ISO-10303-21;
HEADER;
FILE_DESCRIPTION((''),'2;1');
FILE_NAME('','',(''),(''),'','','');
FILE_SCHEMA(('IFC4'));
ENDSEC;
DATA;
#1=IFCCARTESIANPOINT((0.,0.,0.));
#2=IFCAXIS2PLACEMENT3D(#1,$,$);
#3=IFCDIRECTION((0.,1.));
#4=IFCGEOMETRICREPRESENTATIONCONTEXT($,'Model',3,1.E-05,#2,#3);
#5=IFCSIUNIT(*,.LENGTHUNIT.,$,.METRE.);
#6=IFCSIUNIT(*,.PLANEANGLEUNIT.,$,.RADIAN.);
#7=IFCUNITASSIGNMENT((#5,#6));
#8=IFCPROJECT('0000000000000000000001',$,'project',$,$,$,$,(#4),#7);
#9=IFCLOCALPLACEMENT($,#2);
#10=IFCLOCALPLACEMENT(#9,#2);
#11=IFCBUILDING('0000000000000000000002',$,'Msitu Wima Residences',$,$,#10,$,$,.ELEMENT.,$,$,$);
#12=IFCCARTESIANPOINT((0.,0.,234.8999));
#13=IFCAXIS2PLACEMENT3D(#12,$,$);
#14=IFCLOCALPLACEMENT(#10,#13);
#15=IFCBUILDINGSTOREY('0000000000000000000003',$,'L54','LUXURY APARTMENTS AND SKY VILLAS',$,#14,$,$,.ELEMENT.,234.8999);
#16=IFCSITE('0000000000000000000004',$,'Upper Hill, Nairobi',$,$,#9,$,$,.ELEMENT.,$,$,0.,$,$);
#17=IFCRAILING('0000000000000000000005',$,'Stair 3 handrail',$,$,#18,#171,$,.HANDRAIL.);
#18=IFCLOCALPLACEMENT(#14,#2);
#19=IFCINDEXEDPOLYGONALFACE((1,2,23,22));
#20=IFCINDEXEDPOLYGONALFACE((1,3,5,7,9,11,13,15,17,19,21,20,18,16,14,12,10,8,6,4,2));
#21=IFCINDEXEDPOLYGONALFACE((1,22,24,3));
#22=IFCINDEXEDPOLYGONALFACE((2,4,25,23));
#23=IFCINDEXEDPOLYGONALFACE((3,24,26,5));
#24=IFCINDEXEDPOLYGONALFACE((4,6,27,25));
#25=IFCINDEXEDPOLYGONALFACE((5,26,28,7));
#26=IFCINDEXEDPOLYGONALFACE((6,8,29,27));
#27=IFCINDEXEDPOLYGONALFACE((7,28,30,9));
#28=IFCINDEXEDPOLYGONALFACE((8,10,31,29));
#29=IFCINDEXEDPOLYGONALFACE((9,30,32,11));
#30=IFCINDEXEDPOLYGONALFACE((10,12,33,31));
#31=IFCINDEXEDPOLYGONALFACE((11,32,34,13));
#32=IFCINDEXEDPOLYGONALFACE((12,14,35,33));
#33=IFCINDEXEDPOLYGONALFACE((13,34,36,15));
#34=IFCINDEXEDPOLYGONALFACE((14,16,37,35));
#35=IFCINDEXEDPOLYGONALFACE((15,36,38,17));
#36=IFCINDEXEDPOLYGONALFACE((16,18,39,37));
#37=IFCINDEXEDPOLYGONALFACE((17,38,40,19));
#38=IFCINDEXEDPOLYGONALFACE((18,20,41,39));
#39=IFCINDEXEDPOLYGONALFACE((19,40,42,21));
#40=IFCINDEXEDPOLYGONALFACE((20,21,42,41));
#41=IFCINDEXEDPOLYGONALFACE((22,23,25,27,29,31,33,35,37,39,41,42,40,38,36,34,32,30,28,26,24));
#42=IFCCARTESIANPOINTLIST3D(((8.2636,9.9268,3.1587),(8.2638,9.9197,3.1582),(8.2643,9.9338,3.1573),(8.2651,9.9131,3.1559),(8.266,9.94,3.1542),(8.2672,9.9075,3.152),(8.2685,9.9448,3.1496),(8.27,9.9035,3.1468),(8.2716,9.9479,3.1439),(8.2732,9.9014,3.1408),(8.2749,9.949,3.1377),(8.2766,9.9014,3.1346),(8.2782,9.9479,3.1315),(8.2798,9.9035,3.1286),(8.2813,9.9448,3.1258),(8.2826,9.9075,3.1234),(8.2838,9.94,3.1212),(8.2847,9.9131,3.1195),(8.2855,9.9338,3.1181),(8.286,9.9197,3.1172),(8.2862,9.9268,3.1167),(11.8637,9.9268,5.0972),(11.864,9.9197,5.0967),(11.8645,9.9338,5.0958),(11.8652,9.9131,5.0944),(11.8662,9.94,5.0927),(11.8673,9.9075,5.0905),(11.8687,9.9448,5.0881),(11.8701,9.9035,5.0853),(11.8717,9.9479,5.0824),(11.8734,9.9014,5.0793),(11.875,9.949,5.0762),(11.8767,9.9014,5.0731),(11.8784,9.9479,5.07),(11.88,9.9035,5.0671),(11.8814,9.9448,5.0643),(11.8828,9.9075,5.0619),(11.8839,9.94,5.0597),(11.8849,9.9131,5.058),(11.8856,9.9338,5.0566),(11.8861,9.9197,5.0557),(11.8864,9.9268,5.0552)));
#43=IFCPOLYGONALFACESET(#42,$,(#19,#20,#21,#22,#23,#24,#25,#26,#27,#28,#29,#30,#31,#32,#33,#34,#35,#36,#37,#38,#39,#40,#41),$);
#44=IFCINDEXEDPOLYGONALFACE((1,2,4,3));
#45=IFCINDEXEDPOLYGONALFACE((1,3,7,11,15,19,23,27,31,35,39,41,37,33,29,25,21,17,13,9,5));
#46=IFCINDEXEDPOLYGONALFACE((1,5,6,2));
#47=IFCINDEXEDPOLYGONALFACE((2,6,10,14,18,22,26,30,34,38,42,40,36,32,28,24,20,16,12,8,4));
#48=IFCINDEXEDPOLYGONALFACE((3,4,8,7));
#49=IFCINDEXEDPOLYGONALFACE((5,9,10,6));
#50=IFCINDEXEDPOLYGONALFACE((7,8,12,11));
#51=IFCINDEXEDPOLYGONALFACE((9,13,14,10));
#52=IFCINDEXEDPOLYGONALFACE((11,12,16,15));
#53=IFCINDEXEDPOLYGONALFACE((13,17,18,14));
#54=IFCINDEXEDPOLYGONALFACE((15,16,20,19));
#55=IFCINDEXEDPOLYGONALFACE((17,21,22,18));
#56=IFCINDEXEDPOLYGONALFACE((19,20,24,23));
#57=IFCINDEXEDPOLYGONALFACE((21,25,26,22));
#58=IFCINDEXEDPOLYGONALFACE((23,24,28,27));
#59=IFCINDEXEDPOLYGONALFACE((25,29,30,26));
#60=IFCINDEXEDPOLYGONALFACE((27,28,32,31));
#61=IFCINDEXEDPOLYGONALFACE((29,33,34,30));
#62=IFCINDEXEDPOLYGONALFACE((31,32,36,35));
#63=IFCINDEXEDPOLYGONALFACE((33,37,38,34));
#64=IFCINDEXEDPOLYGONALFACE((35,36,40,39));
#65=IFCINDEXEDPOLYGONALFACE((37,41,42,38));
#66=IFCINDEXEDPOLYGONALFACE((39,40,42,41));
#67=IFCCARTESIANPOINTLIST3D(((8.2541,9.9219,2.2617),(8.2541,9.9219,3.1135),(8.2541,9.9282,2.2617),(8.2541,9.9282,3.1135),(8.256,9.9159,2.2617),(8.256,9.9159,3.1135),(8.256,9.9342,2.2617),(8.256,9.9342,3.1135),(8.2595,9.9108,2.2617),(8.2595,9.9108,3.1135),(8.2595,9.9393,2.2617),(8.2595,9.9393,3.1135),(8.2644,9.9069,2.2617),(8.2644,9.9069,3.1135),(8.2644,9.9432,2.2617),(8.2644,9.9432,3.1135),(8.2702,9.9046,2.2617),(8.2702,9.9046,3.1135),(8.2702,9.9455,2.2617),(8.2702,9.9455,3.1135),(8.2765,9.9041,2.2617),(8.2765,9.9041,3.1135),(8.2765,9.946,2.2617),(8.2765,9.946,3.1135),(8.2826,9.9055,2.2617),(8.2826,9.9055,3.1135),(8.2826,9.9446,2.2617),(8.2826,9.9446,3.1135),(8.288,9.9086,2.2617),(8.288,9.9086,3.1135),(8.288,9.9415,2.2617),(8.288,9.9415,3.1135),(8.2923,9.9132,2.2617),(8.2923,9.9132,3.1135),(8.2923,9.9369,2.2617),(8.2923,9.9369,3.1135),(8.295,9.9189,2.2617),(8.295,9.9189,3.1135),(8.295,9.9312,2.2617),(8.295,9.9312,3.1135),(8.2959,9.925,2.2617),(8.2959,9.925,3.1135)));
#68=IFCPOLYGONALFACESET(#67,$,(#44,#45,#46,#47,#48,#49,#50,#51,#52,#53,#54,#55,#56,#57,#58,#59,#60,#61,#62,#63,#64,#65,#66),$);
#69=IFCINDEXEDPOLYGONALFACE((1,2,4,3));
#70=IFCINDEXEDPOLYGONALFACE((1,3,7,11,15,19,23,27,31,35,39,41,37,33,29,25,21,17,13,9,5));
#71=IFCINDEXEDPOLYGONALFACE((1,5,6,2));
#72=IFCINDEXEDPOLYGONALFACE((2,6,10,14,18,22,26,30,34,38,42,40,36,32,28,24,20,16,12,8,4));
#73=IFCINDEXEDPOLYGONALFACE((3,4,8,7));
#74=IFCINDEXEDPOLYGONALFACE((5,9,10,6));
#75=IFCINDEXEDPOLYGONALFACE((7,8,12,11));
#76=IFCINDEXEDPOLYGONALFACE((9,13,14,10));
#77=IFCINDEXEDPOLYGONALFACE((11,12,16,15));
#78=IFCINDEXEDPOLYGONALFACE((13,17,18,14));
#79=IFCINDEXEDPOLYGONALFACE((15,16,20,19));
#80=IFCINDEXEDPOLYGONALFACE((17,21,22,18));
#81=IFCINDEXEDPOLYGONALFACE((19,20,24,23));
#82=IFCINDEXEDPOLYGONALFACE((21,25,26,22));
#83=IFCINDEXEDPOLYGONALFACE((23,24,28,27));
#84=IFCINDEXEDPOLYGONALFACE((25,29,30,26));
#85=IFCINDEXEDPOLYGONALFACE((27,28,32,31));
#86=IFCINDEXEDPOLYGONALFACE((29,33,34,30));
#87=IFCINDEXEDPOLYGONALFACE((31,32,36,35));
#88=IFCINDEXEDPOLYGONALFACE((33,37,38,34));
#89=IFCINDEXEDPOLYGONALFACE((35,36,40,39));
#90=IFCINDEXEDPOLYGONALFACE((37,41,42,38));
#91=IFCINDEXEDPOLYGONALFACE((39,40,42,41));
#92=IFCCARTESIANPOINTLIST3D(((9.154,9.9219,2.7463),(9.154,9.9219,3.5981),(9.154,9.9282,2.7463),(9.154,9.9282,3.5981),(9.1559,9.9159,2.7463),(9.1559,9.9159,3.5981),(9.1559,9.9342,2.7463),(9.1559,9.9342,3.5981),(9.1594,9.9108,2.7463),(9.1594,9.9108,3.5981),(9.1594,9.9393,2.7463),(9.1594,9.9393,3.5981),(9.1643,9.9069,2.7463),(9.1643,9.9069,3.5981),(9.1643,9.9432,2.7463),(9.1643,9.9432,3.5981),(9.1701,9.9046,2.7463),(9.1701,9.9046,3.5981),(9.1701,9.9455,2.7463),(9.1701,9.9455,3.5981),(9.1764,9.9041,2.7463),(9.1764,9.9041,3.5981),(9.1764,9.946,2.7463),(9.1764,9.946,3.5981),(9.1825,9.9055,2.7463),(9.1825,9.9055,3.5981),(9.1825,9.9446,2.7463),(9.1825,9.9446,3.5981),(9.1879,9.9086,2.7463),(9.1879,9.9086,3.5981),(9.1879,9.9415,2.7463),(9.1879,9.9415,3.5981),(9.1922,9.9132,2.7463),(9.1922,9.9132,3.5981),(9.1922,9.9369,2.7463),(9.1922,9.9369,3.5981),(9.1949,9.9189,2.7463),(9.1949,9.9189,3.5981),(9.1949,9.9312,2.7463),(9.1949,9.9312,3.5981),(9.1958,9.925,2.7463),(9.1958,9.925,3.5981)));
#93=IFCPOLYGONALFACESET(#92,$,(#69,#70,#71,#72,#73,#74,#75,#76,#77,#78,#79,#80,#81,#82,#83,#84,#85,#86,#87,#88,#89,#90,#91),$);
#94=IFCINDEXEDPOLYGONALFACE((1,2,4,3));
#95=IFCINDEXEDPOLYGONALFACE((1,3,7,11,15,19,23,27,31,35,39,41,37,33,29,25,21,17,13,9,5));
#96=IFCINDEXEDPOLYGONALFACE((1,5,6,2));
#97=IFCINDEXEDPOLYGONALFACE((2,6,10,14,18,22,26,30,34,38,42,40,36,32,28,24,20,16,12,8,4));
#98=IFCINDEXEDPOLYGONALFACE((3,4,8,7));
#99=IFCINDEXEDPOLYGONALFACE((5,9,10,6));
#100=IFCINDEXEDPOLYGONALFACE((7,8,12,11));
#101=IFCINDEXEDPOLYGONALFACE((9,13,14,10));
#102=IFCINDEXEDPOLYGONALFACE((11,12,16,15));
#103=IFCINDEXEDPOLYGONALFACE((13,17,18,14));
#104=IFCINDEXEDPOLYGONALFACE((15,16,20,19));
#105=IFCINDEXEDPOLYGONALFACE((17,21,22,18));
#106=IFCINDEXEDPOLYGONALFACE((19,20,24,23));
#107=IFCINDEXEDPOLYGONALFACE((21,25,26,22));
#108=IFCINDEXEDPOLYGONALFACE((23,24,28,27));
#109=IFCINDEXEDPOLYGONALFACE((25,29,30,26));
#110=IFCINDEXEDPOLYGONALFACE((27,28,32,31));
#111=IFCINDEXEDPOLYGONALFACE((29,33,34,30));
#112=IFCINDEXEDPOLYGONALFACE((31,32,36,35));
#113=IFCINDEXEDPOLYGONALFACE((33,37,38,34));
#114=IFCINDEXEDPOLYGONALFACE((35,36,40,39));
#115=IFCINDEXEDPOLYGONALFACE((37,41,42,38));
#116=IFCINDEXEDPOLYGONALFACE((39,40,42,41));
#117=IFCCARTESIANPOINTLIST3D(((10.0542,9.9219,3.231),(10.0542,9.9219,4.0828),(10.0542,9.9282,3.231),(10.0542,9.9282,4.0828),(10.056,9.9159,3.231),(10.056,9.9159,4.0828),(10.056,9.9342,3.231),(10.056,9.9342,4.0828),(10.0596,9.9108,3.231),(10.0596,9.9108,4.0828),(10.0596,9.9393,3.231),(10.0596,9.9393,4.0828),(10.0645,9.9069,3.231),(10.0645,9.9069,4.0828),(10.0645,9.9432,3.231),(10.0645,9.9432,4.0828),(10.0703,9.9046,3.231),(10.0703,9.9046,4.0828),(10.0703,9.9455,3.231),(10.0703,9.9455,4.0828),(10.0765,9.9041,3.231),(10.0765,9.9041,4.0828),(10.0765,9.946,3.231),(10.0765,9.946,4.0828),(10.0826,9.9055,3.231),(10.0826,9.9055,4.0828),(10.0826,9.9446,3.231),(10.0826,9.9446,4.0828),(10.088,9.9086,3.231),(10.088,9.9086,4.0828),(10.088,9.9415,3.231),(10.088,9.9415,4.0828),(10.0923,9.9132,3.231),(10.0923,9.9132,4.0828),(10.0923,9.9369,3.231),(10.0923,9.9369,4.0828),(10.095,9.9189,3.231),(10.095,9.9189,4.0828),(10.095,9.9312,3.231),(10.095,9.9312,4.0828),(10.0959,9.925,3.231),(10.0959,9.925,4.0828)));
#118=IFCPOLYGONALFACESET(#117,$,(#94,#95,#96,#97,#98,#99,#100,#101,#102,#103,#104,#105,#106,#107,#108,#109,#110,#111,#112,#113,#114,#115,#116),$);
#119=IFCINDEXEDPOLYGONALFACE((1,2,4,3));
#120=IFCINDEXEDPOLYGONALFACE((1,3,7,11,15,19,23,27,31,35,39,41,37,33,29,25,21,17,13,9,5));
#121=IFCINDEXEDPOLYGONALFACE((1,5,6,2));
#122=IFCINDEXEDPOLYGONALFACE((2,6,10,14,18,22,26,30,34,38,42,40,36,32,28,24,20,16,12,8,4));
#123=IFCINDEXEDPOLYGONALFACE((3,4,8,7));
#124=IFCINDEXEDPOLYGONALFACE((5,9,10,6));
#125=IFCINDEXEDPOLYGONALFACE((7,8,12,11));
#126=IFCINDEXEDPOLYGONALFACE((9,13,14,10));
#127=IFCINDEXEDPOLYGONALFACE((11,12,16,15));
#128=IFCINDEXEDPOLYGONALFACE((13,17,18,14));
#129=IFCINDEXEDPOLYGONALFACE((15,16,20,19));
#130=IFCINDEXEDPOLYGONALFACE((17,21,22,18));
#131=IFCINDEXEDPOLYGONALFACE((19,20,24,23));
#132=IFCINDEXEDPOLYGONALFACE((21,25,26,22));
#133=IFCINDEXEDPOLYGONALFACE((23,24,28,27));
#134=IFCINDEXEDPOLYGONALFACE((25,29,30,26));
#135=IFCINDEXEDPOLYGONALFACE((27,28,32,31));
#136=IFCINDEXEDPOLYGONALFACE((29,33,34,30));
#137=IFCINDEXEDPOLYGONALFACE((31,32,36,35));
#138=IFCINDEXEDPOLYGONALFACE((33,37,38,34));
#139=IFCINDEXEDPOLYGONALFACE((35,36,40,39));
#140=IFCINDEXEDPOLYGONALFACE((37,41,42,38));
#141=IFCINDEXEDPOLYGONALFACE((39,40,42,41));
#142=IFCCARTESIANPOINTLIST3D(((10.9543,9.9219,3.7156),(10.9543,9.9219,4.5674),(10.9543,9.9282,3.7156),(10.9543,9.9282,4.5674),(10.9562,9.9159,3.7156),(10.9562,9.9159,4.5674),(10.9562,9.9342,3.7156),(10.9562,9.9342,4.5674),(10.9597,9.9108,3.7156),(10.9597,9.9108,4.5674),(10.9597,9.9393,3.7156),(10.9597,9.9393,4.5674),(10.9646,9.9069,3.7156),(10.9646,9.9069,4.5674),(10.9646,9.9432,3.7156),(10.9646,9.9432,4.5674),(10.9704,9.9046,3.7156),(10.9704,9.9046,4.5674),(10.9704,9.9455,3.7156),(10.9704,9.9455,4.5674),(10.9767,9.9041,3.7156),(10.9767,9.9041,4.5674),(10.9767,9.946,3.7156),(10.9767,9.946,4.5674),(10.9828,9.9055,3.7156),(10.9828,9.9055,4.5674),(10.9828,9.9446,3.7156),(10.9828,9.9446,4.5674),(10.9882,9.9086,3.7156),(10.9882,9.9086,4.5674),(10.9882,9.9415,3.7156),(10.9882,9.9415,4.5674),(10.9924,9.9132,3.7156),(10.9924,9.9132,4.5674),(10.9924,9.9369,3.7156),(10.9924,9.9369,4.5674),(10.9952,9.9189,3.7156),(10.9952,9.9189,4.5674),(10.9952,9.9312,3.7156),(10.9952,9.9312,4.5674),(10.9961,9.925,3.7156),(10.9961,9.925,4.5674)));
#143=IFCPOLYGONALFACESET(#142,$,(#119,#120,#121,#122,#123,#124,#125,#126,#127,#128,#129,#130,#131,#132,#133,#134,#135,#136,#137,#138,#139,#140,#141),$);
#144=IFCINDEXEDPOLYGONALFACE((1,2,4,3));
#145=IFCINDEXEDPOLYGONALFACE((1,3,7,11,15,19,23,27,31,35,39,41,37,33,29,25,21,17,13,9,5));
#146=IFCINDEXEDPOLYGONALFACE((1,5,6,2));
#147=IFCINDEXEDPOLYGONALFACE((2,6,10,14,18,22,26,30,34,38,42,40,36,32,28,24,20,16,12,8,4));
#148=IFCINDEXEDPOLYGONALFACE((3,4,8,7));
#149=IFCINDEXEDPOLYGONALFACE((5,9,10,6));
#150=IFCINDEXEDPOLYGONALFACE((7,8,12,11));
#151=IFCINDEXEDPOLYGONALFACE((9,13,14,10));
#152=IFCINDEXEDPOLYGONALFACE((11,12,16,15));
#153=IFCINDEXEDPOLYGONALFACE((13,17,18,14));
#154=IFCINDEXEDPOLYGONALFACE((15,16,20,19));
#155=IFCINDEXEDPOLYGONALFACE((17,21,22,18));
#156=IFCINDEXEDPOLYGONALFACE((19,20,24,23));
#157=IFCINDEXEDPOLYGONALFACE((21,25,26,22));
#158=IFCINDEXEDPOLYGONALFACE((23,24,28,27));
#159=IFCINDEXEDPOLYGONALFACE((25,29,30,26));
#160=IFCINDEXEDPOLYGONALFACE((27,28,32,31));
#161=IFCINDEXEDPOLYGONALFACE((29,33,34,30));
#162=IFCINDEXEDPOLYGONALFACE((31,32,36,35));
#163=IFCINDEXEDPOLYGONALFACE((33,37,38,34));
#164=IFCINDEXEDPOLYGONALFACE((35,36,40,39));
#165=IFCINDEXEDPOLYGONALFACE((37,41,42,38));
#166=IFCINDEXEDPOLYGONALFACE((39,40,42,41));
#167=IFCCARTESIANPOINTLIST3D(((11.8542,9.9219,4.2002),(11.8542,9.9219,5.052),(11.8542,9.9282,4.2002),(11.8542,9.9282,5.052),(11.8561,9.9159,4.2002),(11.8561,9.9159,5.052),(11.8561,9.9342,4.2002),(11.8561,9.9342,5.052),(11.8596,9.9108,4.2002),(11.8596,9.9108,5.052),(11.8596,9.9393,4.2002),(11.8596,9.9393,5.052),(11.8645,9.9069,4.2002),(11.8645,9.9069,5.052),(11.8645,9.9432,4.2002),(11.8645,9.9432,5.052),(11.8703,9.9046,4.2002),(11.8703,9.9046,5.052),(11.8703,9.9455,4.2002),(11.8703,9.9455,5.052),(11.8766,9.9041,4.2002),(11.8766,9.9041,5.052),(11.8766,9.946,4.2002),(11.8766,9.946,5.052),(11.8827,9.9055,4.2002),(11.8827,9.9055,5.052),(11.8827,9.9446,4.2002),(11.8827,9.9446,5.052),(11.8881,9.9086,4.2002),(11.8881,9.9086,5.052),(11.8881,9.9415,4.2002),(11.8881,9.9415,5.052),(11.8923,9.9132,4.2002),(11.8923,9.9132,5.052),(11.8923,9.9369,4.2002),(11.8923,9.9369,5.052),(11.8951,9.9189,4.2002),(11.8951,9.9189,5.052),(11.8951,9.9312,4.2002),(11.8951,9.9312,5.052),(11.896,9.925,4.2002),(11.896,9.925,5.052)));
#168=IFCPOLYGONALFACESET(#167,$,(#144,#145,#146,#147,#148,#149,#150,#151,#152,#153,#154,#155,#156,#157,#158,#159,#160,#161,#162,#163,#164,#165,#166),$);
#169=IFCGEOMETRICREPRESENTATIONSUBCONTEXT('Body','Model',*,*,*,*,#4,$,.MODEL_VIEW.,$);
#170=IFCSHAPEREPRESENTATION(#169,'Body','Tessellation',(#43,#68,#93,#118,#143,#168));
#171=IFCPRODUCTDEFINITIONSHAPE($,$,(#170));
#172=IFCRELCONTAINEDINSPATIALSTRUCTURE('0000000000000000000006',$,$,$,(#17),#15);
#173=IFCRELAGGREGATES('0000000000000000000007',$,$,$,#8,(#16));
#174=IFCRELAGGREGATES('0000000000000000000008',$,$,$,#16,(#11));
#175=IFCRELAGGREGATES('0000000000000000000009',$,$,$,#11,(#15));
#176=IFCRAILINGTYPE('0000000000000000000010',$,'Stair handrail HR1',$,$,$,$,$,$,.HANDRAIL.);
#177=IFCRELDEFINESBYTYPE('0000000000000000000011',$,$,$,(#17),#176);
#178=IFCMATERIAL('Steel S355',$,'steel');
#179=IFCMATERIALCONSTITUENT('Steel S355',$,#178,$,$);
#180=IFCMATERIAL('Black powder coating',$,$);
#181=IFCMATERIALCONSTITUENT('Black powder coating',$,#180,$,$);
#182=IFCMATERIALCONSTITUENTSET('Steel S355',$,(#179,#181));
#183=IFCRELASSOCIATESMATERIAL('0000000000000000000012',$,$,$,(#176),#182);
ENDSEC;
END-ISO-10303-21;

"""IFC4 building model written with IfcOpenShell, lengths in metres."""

from ifc_helpers import new_model, si_unit, direction, frame, origin, origin_2d, place, context, subcontext, project, spatial, circle, extrude, material, constituent, constituent_set, type_object, element, save


model = new_model("IFC4")

# Units and contexts
model_context = context("Model", 3, precision=1e-05, world=origin(), true_north=direction((0.0, 1.0)))
body_context = subcontext(model_context, "Body", "Model", "MODEL_VIEW")
ifc_project = project(units=[si_unit("LENGTHUNIT", "METRE"), si_unit("PLANEANGLEUNIT", "RADIAN")], contexts=[model_context])

# Site, building, storey
site_placement = place(None, origin())
site = spatial("IfcSite", under=ifc_project, at=site_placement, Name="Upper Hill, Nairobi", CompositionType="ELEMENT", RefElevation=0.0)
building_placement = place(site_placement, origin())
building = spatial("IfcBuilding", under=site, at=building_placement, Name="Msitu Wima Residences", CompositionType="ELEMENT")
storey_placement = place(building_placement, frame((0.0, 0.0, 234.8999)))
storey = spatial("IfcBuildingStorey", under=building, at=storey_placement, Name="L54", Description="LUXURY APARTMENTS AND SKY VILLAS", CompositionType="ELEMENT", Elevation=234.8999)

# Railing
ifc_material_1 = material(Name="Steel S355", Category="steel")
ifc_constituent_1 = constituent(ifc_material_1, Name="Steel S355")
ifc_material_2 = material(Name="Black powder coating")
ifc_constituent_2 = constituent(ifc_material_2, Name="Black powder coating")
ifc_constituent_set = constituent_set(constituents=[ifc_constituent_1, ifc_constituent_2], Name="Steel S355")
railing_type = type_object("IfcRailingType", Name="Stair handrail HR1", PredefinedType="HANDRAIL", material=ifc_constituent_set)
for number, where, name in (
    (1, (8.2749, 9.925, 2.2617), "Stair 3 handrail"),
):
    element("IfcRailing", number, at=place(storey_placement, frame(where)), inside=storey, type_object=railing_type, Name=name, PredefinedType="HANDRAIL", context=body_context, shape_type="SweptSolid", body=[
        extrude(circle(Radius=0.0239, at=origin_2d()), frame((0.0, 0.0, 0.876), z_axis=(0.880475, 0.0, 0.474093), x_axis=(0.0, 1.0, 0.0)), (0.0, 0.0, 1.0), 4.0889),
        extrude(circle(Radius=0.021, at=origin_2d()), origin(), (0.0, 0.0, 1.0), 0.8518),
        extrude(circle(Radius=0.021, at=origin_2d()), frame((0.8999, 0.0, 0.4846)), (0.0, 0.0, 1.0), 0.8518),
        extrude(circle(Radius=0.021, at=origin_2d()), frame((1.8, 0.0, 0.9692)), (0.0, 0.0, 1.0), 0.8518),
        extrude(circle(Radius=0.021, at=origin_2d()), frame((2.7002, 0.0, 1.4539)), (0.0, 0.0, 1.0), 0.8518),
        extrude(circle(Radius=0.021, at=origin_2d()), frame((3.6001, 0.0, 1.9385)), (0.0, 0.0, 1.0), 0.8518),
    ])

save(model, "model.ifc")
